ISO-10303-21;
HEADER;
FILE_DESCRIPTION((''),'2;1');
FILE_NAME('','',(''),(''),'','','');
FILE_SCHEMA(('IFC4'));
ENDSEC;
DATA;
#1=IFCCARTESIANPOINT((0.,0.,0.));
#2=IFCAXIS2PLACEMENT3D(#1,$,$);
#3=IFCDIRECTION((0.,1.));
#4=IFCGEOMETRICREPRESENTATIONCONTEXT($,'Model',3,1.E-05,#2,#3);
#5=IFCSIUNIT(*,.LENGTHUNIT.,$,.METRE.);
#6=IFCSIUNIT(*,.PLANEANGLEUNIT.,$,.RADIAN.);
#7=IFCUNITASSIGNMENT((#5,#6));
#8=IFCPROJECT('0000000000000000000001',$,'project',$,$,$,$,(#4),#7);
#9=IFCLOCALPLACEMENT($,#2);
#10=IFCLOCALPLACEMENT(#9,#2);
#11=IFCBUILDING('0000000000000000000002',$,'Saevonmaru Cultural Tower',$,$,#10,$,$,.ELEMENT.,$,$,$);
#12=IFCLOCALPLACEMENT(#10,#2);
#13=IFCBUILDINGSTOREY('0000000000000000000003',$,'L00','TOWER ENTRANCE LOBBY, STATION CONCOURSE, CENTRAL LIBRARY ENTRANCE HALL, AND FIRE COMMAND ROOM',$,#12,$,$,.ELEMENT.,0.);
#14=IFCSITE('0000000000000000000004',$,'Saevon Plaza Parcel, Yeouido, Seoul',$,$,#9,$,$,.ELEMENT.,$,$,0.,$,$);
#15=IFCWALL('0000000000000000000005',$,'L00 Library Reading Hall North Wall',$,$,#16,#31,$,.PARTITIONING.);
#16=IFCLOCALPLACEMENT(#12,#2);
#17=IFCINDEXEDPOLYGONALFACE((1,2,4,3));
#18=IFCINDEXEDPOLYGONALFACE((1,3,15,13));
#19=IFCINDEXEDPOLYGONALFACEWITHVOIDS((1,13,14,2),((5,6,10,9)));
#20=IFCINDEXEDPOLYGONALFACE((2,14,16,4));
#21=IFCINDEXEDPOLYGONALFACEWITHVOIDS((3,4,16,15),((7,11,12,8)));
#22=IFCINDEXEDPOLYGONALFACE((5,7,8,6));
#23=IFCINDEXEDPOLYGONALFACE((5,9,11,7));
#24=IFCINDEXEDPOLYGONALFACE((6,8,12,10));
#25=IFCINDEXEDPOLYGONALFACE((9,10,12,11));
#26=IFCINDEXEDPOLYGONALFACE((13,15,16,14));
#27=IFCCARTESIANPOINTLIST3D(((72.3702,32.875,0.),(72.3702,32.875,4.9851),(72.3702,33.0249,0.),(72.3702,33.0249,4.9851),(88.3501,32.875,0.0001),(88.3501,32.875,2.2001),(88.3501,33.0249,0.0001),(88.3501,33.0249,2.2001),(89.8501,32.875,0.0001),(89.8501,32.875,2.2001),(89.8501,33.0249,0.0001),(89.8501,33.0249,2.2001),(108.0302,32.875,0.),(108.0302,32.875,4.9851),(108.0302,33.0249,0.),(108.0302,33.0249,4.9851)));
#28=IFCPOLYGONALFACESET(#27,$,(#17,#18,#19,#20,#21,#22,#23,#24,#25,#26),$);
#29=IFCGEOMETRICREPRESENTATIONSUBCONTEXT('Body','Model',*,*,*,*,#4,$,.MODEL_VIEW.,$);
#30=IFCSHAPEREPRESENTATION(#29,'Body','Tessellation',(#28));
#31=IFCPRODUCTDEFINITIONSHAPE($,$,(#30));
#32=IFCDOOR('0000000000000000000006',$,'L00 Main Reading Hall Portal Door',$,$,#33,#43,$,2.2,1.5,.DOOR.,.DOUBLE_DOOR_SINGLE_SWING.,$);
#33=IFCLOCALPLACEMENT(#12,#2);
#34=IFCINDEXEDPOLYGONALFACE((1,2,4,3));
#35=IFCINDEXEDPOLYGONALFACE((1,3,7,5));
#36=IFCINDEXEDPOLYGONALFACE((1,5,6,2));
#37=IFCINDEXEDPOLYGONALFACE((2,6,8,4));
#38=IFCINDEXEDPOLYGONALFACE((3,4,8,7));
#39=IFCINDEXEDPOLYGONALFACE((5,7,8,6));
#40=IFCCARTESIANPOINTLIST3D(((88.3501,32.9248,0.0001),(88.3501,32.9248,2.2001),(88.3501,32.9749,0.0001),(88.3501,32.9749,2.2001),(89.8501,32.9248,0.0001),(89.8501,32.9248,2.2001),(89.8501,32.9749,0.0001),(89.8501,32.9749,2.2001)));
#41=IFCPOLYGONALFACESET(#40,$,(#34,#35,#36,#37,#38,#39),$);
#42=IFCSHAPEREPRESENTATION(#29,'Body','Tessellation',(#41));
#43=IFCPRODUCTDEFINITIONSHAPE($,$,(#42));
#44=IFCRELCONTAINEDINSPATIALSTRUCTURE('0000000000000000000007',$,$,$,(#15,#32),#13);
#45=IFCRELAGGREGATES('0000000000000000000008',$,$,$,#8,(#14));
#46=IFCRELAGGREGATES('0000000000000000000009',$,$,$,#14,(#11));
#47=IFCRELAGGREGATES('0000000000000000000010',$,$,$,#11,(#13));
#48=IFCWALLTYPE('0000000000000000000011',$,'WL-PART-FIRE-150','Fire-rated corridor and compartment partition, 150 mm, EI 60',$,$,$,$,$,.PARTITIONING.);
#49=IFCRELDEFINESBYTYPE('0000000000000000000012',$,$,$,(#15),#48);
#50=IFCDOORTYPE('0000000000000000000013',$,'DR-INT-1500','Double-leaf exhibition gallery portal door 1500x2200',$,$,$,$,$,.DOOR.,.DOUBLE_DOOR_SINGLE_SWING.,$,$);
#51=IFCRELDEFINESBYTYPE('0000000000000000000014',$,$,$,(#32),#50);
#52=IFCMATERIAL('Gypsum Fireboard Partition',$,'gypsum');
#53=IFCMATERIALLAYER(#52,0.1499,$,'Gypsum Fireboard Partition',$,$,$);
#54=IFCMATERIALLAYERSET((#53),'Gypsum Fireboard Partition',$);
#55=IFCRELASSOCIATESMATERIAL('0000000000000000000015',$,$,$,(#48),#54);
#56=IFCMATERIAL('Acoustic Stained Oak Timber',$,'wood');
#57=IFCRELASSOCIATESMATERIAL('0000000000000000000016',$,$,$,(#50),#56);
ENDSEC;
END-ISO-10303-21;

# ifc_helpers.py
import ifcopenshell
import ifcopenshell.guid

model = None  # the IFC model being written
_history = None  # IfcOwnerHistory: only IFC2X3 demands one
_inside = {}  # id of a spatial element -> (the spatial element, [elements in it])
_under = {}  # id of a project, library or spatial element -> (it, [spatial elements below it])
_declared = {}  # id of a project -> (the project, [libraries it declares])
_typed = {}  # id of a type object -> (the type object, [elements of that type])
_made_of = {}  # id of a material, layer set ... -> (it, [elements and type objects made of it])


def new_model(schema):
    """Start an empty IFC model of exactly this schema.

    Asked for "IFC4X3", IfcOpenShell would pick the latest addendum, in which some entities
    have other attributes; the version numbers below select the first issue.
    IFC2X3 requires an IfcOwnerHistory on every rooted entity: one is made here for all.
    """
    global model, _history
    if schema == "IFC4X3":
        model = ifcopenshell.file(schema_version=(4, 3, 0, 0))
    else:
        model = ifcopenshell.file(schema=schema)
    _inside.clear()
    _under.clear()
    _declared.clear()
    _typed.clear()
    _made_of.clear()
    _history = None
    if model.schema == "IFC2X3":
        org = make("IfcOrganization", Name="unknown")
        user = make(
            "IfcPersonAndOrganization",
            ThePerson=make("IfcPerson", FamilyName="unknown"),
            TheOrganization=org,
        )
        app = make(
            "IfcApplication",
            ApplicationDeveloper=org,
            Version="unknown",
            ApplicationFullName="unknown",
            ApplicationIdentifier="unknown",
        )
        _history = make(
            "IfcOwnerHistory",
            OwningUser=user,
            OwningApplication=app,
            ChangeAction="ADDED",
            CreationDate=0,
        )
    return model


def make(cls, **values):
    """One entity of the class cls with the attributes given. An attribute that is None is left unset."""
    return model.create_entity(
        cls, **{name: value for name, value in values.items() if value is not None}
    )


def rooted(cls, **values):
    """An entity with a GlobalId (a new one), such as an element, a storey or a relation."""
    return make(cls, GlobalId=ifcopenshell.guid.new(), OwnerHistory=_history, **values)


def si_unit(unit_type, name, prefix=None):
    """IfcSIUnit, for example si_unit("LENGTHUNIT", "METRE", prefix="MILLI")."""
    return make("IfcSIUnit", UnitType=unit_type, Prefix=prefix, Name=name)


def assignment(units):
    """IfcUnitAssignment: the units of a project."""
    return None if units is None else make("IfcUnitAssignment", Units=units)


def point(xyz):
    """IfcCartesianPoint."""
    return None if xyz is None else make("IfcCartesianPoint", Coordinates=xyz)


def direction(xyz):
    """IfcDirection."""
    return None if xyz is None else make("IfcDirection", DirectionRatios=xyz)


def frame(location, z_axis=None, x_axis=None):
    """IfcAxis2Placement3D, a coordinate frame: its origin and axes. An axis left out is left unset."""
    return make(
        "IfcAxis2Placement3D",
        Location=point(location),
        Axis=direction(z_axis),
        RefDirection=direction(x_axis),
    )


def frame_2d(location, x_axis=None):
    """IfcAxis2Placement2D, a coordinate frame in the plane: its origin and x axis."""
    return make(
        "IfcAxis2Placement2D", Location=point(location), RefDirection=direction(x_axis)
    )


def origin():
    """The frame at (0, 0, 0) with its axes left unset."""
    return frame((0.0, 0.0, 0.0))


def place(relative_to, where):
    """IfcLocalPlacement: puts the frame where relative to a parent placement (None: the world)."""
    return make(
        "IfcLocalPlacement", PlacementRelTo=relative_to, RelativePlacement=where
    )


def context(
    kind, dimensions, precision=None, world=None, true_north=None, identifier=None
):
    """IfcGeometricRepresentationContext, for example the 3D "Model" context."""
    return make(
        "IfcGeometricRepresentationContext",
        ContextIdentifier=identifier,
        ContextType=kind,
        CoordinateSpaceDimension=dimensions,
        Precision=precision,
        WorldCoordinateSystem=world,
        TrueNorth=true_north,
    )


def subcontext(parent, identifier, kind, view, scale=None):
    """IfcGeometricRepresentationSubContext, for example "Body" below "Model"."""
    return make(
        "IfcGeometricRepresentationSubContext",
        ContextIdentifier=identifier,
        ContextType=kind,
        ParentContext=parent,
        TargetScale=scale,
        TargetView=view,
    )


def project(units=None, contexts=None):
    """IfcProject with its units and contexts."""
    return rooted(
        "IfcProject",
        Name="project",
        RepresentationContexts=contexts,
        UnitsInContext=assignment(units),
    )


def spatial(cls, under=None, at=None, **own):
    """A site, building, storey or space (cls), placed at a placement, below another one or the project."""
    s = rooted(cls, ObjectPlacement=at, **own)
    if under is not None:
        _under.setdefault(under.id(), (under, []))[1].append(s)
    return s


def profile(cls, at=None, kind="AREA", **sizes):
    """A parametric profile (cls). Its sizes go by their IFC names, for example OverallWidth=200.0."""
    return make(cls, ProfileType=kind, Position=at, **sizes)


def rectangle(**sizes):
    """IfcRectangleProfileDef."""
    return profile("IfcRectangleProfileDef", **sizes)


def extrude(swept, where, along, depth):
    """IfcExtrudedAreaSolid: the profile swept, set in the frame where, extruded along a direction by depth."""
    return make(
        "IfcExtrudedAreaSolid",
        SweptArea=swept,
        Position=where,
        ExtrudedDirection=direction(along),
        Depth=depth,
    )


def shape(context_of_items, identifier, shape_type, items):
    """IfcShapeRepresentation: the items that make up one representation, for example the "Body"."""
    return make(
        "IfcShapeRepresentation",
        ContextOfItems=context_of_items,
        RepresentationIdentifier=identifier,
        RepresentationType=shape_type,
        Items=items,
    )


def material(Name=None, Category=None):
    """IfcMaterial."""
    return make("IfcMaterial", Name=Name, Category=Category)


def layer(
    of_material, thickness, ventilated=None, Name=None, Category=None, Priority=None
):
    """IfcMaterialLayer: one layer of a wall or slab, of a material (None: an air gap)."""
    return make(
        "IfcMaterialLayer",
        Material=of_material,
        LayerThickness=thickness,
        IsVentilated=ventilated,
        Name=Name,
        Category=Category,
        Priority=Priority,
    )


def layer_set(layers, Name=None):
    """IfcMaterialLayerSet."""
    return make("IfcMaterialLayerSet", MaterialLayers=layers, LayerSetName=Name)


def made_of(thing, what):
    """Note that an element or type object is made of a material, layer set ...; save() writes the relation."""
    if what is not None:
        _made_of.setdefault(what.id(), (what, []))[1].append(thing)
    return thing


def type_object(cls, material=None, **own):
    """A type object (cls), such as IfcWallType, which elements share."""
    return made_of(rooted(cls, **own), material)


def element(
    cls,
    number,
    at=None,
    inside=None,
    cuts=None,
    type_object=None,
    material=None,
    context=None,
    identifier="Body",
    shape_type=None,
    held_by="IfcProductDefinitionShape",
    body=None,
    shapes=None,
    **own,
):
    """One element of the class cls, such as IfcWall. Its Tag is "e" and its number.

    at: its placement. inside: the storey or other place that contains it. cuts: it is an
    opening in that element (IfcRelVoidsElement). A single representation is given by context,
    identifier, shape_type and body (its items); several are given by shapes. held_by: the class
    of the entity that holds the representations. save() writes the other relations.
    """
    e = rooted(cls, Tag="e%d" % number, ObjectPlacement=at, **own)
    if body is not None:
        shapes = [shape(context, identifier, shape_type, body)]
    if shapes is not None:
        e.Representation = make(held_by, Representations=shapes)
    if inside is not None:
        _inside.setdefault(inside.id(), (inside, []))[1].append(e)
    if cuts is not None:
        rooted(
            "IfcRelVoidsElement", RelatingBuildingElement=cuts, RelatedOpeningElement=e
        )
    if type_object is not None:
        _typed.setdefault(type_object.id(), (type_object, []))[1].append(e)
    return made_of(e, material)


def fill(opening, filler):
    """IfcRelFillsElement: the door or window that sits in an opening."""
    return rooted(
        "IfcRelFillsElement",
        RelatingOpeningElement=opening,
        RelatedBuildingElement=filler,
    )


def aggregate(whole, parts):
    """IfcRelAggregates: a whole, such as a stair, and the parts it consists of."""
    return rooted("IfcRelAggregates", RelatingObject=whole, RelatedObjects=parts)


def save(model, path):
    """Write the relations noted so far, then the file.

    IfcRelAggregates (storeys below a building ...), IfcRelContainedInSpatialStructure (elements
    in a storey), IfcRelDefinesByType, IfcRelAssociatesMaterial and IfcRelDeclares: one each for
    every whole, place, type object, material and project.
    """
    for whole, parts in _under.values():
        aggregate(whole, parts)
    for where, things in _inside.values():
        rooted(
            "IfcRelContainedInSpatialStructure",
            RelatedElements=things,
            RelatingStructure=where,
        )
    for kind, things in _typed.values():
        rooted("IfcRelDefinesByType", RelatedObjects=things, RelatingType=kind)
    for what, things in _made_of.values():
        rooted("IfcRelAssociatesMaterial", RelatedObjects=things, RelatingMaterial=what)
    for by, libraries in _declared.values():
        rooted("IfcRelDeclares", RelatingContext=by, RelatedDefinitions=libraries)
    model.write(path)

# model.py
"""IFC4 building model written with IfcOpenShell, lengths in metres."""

from ifc_helpers import new_model, si_unit, direction, frame, frame_2d, origin, place, context, subcontext, project, spatial, rectangle, extrude, material, layer, layer_set, type_object, element, fill, save


model = new_model("IFC4")

# Units and contexts
model_context = context("Model", 3, precision=1e-05, world=origin(), true_north=direction((0.0, 1.0)))
body_context = subcontext(model_context, "Body", "Model", "MODEL_VIEW")
ifc_project = project(units=[si_unit("LENGTHUNIT", "METRE"), si_unit("PLANEANGLEUNIT", "RADIAN")], contexts=[model_context])

# Site, building, storey
site_placement = place(None, origin())
site = spatial("IfcSite", under=ifc_project, at=site_placement, Name="Saevon Plaza Parcel, Yeouido, Seoul", CompositionType="ELEMENT", RefElevation=0.0)
building_placement = place(site_placement, origin())
building = spatial("IfcBuilding", under=site, at=building_placement, Name="Saevonmaru Cultural Tower", CompositionType="ELEMENT")
storey_placement = place(building_placement, origin())
storey = spatial("IfcBuildingStorey", under=building, at=storey_placement, Name="L00", Description="TOWER ENTRANCE LOBBY, STATION CONCOURSE, CENTRAL LIBRARY ENTRANCE HALL, AND FIRE COMMAND ROOM", CompositionType="ELEMENT", Elevation=0.0)

# Shared definitions
ifc_material_1 = material(Name="Gypsum Fireboard Partition", Category="gypsum")
ifc_layer = layer(ifc_material_1, 0.1499, Name="Gypsum Fireboard Partition")
ifc_layer_set = layer_set([ifc_layer], Name="Gypsum Fireboard Partition")
wall_type = type_object("IfcWallType", Name="WL-PART-FIRE-150", Description="Fire-rated corridor and compartment partition, 150 mm, EI 60", PredefinedType="PARTITIONING", material=ifc_layer_set)

# Wall, opening, door
wall_1_placement = place(storey_placement, frame((72.3701, 32.95, 0.0), z_axis=(0.0, 0.0, 1.0), x_axis=(1.0, 0.0, 0.0)))
wall_1 = element("IfcWall", 1, at=wall_1_placement, inside=storey, type_object=wall_type, Name="L00 Library Reading Hall North Wall", PredefinedType="PARTITIONING", context=body_context, shape_type="SweptSolid", body=[
    extrude(rectangle(XDim=35.6599, YDim=0.1499, at=frame_2d((17.8301, 0.0))), origin(), (0.0, 0.0, 1.0), 4.9851),
])
opening_1_placement = place(wall_1_placement, frame((15.98, 0.0, 0.0)))
opening_1 = element("IfcOpeningElement", 2, at=opening_1_placement, cuts=wall_1, PredefinedType="OPENING", context=body_context, shape_type="SweptSolid", body=[
    extrude(rectangle(XDim=1.5, YDim=2.2, at=frame_2d((0.75, 1.1001))), frame((0.0, 0.085, 0.0), z_axis=(0.0, -1.0, 0.0), x_axis=(1.0, 0.0, 0.0)), (0.0, 0.0, 1.0), 0.1699),
])
ifc_material_2 = material(Name="Acoustic Stained Oak Timber", Category="wood")
door_type_1 = type_object("IfcDoorType", Name="DR-INT-1500", Description="Double-leaf exhibition gallery portal door 1500x2200", OperationType="DOUBLE_DOOR_SINGLE_SWING", PredefinedType="DOOR", material=ifc_material_2)
door_1_placement = place(opening_1_placement, origin())
door_1 = element("IfcDoor", 3, at=door_1_placement, inside=storey, type_object=door_type_1, Name="L00 Main Reading Hall Portal Door", OperationType="DOUBLE_DOOR_SINGLE_SWING", OverallHeight=2.2, OverallWidth=1.5, PredefinedType="DOOR", context=body_context, shape_type="SweptSolid", body=[
    extrude(rectangle(XDim=1.5, YDim=2.2, at=frame_2d((0.75, 1.1001))), frame((0.0, 0.0249, 0.0), z_axis=(0.0, -1.0, 0.0), x_axis=(1.0, 0.0, 0.0)), (0.0, 0.0, 1.0), 0.05),
])
fill(opening_1, door_1)

save(model, "model.ifc")
